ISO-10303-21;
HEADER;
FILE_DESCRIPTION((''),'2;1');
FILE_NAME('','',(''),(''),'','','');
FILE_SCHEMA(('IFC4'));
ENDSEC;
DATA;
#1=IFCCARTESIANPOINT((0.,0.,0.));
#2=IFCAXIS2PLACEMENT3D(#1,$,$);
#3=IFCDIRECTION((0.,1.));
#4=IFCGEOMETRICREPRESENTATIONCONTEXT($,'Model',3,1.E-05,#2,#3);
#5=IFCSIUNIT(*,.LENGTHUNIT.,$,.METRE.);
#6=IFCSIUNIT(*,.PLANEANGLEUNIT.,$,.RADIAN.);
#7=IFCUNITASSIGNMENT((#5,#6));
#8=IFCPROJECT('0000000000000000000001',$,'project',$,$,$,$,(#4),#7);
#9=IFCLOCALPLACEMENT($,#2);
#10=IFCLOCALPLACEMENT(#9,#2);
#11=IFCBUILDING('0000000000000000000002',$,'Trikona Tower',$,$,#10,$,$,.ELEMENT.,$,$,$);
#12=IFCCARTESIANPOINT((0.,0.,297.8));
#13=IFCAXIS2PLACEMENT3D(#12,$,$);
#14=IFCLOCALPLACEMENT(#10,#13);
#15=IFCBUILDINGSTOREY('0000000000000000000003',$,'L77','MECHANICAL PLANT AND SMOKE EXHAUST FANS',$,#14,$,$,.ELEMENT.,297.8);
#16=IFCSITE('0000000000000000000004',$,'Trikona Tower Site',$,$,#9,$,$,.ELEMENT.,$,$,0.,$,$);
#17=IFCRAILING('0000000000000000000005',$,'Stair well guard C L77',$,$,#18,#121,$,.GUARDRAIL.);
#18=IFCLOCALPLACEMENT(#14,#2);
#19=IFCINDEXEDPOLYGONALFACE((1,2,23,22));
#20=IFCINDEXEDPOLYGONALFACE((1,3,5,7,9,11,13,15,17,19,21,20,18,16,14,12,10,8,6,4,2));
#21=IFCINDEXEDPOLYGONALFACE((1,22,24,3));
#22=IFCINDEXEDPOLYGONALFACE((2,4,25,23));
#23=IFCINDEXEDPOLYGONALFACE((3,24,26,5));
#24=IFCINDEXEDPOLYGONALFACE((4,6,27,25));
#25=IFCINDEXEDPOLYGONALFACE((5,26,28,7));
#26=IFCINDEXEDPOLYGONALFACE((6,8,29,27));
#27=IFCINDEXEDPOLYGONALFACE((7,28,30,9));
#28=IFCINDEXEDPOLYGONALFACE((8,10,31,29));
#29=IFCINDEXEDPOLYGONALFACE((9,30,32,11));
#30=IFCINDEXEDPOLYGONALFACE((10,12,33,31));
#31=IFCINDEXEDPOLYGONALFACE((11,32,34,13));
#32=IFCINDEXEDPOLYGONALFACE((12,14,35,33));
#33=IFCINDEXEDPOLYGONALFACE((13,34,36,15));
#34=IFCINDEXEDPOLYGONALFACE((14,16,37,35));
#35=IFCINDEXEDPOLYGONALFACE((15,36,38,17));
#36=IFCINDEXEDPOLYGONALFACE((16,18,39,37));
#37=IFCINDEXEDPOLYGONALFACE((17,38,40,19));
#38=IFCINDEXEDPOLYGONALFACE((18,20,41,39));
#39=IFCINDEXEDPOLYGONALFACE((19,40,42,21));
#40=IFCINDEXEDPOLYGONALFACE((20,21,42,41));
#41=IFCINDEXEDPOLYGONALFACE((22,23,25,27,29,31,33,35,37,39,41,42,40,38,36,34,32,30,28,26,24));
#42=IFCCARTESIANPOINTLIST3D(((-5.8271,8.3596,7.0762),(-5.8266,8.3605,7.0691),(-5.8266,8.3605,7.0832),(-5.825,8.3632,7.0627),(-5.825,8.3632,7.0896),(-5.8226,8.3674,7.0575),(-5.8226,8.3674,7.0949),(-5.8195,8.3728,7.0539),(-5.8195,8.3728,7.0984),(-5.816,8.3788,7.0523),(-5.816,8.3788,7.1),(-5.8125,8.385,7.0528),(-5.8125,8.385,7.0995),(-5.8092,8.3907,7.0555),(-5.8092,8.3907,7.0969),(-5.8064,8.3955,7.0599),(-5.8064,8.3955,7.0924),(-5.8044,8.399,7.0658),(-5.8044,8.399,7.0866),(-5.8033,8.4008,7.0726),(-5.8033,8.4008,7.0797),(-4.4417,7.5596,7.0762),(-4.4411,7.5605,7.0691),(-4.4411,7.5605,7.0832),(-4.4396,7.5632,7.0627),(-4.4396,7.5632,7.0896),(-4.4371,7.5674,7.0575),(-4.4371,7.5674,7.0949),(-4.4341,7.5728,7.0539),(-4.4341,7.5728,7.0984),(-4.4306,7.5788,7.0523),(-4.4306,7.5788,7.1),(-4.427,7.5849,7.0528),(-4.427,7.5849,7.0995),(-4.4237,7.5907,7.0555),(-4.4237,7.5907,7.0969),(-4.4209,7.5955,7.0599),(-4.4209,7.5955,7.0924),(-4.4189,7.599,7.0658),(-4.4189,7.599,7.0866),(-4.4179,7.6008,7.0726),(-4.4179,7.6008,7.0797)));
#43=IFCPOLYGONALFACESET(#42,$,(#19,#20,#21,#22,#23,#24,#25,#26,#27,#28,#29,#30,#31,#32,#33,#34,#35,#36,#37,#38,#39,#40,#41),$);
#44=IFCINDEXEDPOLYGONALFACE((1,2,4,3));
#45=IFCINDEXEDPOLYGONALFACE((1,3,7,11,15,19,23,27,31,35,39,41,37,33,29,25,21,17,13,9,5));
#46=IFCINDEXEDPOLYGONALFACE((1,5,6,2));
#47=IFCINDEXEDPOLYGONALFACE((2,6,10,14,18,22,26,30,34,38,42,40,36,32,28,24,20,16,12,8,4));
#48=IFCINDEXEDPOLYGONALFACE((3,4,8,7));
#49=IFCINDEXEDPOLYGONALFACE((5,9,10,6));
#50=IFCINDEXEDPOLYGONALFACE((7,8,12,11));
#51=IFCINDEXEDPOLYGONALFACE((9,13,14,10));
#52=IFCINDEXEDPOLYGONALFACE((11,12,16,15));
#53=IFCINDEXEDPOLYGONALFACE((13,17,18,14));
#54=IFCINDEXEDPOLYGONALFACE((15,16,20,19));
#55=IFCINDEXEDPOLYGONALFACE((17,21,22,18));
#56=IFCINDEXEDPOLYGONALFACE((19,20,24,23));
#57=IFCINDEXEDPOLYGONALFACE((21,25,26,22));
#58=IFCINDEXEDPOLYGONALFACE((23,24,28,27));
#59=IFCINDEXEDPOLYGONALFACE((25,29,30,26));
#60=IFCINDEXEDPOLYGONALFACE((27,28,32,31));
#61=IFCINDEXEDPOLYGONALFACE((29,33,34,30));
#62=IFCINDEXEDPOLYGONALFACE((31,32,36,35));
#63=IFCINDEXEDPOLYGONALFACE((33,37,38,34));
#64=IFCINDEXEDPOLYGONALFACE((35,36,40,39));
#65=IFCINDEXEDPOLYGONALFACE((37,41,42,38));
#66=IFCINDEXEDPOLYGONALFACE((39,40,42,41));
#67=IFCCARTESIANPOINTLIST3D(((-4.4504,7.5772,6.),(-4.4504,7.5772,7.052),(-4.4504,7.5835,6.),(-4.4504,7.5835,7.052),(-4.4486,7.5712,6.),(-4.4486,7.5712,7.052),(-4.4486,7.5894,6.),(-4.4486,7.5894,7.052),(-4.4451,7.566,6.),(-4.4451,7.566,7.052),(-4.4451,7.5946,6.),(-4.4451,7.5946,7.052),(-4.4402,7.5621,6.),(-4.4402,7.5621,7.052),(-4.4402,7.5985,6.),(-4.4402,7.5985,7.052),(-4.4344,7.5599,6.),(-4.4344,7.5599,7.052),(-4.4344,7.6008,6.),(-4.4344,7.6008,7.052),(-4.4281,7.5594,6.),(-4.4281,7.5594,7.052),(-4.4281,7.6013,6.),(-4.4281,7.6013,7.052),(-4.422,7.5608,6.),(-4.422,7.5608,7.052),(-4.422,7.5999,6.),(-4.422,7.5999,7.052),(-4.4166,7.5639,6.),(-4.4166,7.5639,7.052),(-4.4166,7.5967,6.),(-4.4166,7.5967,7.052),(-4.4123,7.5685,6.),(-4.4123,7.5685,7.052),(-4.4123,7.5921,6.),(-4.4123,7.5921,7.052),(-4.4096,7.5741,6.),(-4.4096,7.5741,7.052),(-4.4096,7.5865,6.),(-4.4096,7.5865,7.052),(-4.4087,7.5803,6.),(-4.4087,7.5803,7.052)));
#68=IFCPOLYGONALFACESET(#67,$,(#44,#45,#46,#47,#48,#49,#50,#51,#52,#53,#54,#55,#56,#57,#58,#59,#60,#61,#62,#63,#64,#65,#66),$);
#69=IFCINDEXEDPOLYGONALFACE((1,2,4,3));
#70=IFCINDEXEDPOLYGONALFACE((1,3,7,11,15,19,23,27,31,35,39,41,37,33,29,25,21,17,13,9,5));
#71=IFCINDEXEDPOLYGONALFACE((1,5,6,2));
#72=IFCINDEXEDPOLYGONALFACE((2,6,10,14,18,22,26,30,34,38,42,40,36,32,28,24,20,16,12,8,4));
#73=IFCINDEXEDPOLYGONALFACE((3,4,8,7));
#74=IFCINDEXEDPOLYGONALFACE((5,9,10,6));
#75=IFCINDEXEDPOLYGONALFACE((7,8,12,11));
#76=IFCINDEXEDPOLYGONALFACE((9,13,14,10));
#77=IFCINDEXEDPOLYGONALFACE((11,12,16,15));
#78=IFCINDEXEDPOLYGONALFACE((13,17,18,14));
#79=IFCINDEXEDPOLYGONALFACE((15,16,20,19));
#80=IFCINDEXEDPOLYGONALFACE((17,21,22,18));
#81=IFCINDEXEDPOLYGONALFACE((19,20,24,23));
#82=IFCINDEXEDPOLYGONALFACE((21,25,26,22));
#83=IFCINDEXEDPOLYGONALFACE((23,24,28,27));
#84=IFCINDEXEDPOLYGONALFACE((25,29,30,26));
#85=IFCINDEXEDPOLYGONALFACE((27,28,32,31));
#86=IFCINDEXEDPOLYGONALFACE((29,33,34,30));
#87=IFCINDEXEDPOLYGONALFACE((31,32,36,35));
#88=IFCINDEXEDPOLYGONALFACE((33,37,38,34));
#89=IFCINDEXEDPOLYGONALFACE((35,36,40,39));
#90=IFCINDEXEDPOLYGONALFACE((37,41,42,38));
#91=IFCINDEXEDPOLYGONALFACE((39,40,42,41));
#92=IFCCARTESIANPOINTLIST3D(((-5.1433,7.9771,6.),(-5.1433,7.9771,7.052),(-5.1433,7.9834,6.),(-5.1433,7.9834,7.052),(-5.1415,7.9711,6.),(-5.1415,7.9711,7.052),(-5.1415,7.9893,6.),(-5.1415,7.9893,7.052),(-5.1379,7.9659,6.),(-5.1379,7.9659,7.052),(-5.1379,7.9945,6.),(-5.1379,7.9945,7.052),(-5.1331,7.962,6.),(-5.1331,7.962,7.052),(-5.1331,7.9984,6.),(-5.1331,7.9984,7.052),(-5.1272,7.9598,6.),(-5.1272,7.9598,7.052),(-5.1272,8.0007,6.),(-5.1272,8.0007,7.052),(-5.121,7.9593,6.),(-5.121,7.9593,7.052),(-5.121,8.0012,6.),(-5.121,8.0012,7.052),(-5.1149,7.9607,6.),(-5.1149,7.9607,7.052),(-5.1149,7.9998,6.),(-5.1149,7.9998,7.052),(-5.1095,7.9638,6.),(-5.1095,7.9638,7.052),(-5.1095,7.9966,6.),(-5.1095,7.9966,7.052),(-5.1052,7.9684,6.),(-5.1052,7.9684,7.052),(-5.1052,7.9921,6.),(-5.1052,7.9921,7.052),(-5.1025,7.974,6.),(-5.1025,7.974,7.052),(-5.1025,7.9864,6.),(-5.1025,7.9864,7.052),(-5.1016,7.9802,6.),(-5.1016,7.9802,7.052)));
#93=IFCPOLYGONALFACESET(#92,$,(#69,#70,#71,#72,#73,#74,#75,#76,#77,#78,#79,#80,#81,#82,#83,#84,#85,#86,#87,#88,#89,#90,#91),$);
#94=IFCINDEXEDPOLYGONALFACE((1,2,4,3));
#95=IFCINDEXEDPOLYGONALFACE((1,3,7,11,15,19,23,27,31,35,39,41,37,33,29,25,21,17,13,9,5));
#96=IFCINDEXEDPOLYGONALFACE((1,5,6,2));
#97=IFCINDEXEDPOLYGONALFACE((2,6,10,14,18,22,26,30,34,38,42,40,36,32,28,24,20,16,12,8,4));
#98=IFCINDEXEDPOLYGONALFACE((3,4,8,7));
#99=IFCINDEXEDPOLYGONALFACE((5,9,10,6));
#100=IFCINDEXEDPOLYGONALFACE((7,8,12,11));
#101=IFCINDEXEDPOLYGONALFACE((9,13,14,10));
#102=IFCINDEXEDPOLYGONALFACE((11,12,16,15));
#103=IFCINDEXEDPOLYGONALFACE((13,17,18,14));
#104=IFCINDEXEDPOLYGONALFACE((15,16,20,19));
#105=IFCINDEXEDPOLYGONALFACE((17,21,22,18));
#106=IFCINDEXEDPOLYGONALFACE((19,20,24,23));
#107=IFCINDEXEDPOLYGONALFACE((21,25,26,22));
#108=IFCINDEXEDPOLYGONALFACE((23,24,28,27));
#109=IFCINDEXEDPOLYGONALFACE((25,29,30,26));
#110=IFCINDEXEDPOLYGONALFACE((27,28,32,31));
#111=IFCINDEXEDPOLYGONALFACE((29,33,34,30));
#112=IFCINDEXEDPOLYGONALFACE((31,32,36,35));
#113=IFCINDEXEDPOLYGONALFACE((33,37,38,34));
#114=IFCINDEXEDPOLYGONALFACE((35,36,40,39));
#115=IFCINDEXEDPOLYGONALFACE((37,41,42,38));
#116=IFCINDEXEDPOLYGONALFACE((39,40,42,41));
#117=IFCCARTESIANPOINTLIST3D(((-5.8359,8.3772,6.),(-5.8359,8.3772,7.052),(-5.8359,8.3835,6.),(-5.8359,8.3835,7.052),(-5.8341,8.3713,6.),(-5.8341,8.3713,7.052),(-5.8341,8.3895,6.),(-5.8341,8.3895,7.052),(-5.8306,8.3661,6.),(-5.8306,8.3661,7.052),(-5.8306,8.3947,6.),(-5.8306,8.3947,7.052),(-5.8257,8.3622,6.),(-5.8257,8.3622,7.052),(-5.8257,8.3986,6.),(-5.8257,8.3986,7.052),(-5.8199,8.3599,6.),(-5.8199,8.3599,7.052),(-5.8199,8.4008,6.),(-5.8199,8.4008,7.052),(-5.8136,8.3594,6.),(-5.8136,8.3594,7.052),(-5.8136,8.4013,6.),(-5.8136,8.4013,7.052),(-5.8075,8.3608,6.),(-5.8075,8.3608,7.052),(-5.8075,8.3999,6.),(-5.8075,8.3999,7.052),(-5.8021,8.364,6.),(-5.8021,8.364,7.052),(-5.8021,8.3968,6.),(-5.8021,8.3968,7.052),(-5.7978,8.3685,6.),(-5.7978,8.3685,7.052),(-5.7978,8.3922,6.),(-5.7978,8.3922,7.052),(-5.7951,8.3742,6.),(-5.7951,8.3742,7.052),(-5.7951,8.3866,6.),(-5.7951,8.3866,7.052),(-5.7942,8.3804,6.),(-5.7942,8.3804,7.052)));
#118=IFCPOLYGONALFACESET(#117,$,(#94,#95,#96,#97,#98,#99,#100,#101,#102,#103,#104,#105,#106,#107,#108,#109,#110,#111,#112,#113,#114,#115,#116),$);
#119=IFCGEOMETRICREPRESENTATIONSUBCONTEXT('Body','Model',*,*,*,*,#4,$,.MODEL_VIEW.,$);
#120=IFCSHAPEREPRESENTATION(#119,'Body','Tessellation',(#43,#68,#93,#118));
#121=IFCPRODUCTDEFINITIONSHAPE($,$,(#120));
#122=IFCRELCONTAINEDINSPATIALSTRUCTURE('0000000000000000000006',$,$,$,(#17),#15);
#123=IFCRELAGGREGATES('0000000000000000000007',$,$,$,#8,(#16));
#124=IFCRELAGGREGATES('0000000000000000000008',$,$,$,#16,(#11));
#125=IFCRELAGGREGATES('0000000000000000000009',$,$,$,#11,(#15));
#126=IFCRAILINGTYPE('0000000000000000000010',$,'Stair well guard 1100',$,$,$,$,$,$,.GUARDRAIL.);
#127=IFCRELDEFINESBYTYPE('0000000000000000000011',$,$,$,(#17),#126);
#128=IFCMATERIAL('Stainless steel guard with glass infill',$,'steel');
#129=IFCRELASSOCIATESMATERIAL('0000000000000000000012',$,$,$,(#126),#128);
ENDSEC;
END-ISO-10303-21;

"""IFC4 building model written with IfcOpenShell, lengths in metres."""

from ifc_helpers import new_model, si_unit, direction, frame, origin, origin_2d, place, context, subcontext, project, spatial, circle, extrude, material, type_object, element, save


model = new_model("IFC4")

# Units and contexts
model_context = context("Model", 3, precision=1e-05, world=origin(), true_north=direction((0.0, 1.0)))
body_context = subcontext(model_context, "Body", "Model", "MODEL_VIEW")
ifc_project = project(units=[si_unit("LENGTHUNIT", "METRE"), si_unit("PLANEANGLEUNIT", "RADIAN")], contexts=[model_context])

# Site, building, storey
site_placement = place(None, origin())
site = spatial("IfcSite", under=ifc_project, at=site_placement, Name="Trikona Tower Site", CompositionType="ELEMENT", RefElevation=0.0)
building_placement = place(site_placement, origin())
building = spatial("IfcBuilding", under=site, at=building_placement, Name="Trikona Tower", CompositionType="ELEMENT")
storey_placement = place(building_placement, frame((0.0, 0.0, 297.8)))
storey = spatial("IfcBuildingStorey", under=building, at=storey_placement, Name="L77", Description="MECHANICAL PLANT AND SMOKE EXHAUST FANS", CompositionType="ELEMENT", Elevation=297.8)

# Railing
ifc_material_1 = material(Name="Stainless steel guard with glass infill", Category="steel")
railing_type_1 = type_object("IfcRailingType", Name="Stair well guard 1100", PredefinedType="GUARDRAIL", material=ifc_material_1)
railing_placement = place(storey_placement, frame((-4.4297, 7.5803, 6.0)))
element("IfcRailing", 1, at=railing_placement, inside=storey, type_object=railing_type_1, Name="Stair well guard C L77", PredefinedType="GUARDRAIL", context=body_context, shape_type="SweptSolid", body=[
    extrude(circle(Radius=0.0239, at=origin_2d()), frame((0.0, 0.0, 1.0762), z_axis=(-0.86599, 0.500061, 0.0), x_axis=(-0.500061, -0.86599, 0.0)), (0.0, 0.0, 1.0), 1.5999),
    extrude(circle(Radius=0.021, at=origin_2d()), origin(), (0.0, 0.0, 1.0), 1.052),
    extrude(circle(Radius=0.021, at=origin_2d()), frame((-0.6929, 0.3999, 0.0)), (0.0, 0.0, 1.0), 1.052),
    extrude(circle(Radius=0.021, at=origin_2d()), frame((-1.3855, 0.8, 0.0)), (0.0, 0.0, 1.0), 1.052),
])

save(model, "model.ifc")
